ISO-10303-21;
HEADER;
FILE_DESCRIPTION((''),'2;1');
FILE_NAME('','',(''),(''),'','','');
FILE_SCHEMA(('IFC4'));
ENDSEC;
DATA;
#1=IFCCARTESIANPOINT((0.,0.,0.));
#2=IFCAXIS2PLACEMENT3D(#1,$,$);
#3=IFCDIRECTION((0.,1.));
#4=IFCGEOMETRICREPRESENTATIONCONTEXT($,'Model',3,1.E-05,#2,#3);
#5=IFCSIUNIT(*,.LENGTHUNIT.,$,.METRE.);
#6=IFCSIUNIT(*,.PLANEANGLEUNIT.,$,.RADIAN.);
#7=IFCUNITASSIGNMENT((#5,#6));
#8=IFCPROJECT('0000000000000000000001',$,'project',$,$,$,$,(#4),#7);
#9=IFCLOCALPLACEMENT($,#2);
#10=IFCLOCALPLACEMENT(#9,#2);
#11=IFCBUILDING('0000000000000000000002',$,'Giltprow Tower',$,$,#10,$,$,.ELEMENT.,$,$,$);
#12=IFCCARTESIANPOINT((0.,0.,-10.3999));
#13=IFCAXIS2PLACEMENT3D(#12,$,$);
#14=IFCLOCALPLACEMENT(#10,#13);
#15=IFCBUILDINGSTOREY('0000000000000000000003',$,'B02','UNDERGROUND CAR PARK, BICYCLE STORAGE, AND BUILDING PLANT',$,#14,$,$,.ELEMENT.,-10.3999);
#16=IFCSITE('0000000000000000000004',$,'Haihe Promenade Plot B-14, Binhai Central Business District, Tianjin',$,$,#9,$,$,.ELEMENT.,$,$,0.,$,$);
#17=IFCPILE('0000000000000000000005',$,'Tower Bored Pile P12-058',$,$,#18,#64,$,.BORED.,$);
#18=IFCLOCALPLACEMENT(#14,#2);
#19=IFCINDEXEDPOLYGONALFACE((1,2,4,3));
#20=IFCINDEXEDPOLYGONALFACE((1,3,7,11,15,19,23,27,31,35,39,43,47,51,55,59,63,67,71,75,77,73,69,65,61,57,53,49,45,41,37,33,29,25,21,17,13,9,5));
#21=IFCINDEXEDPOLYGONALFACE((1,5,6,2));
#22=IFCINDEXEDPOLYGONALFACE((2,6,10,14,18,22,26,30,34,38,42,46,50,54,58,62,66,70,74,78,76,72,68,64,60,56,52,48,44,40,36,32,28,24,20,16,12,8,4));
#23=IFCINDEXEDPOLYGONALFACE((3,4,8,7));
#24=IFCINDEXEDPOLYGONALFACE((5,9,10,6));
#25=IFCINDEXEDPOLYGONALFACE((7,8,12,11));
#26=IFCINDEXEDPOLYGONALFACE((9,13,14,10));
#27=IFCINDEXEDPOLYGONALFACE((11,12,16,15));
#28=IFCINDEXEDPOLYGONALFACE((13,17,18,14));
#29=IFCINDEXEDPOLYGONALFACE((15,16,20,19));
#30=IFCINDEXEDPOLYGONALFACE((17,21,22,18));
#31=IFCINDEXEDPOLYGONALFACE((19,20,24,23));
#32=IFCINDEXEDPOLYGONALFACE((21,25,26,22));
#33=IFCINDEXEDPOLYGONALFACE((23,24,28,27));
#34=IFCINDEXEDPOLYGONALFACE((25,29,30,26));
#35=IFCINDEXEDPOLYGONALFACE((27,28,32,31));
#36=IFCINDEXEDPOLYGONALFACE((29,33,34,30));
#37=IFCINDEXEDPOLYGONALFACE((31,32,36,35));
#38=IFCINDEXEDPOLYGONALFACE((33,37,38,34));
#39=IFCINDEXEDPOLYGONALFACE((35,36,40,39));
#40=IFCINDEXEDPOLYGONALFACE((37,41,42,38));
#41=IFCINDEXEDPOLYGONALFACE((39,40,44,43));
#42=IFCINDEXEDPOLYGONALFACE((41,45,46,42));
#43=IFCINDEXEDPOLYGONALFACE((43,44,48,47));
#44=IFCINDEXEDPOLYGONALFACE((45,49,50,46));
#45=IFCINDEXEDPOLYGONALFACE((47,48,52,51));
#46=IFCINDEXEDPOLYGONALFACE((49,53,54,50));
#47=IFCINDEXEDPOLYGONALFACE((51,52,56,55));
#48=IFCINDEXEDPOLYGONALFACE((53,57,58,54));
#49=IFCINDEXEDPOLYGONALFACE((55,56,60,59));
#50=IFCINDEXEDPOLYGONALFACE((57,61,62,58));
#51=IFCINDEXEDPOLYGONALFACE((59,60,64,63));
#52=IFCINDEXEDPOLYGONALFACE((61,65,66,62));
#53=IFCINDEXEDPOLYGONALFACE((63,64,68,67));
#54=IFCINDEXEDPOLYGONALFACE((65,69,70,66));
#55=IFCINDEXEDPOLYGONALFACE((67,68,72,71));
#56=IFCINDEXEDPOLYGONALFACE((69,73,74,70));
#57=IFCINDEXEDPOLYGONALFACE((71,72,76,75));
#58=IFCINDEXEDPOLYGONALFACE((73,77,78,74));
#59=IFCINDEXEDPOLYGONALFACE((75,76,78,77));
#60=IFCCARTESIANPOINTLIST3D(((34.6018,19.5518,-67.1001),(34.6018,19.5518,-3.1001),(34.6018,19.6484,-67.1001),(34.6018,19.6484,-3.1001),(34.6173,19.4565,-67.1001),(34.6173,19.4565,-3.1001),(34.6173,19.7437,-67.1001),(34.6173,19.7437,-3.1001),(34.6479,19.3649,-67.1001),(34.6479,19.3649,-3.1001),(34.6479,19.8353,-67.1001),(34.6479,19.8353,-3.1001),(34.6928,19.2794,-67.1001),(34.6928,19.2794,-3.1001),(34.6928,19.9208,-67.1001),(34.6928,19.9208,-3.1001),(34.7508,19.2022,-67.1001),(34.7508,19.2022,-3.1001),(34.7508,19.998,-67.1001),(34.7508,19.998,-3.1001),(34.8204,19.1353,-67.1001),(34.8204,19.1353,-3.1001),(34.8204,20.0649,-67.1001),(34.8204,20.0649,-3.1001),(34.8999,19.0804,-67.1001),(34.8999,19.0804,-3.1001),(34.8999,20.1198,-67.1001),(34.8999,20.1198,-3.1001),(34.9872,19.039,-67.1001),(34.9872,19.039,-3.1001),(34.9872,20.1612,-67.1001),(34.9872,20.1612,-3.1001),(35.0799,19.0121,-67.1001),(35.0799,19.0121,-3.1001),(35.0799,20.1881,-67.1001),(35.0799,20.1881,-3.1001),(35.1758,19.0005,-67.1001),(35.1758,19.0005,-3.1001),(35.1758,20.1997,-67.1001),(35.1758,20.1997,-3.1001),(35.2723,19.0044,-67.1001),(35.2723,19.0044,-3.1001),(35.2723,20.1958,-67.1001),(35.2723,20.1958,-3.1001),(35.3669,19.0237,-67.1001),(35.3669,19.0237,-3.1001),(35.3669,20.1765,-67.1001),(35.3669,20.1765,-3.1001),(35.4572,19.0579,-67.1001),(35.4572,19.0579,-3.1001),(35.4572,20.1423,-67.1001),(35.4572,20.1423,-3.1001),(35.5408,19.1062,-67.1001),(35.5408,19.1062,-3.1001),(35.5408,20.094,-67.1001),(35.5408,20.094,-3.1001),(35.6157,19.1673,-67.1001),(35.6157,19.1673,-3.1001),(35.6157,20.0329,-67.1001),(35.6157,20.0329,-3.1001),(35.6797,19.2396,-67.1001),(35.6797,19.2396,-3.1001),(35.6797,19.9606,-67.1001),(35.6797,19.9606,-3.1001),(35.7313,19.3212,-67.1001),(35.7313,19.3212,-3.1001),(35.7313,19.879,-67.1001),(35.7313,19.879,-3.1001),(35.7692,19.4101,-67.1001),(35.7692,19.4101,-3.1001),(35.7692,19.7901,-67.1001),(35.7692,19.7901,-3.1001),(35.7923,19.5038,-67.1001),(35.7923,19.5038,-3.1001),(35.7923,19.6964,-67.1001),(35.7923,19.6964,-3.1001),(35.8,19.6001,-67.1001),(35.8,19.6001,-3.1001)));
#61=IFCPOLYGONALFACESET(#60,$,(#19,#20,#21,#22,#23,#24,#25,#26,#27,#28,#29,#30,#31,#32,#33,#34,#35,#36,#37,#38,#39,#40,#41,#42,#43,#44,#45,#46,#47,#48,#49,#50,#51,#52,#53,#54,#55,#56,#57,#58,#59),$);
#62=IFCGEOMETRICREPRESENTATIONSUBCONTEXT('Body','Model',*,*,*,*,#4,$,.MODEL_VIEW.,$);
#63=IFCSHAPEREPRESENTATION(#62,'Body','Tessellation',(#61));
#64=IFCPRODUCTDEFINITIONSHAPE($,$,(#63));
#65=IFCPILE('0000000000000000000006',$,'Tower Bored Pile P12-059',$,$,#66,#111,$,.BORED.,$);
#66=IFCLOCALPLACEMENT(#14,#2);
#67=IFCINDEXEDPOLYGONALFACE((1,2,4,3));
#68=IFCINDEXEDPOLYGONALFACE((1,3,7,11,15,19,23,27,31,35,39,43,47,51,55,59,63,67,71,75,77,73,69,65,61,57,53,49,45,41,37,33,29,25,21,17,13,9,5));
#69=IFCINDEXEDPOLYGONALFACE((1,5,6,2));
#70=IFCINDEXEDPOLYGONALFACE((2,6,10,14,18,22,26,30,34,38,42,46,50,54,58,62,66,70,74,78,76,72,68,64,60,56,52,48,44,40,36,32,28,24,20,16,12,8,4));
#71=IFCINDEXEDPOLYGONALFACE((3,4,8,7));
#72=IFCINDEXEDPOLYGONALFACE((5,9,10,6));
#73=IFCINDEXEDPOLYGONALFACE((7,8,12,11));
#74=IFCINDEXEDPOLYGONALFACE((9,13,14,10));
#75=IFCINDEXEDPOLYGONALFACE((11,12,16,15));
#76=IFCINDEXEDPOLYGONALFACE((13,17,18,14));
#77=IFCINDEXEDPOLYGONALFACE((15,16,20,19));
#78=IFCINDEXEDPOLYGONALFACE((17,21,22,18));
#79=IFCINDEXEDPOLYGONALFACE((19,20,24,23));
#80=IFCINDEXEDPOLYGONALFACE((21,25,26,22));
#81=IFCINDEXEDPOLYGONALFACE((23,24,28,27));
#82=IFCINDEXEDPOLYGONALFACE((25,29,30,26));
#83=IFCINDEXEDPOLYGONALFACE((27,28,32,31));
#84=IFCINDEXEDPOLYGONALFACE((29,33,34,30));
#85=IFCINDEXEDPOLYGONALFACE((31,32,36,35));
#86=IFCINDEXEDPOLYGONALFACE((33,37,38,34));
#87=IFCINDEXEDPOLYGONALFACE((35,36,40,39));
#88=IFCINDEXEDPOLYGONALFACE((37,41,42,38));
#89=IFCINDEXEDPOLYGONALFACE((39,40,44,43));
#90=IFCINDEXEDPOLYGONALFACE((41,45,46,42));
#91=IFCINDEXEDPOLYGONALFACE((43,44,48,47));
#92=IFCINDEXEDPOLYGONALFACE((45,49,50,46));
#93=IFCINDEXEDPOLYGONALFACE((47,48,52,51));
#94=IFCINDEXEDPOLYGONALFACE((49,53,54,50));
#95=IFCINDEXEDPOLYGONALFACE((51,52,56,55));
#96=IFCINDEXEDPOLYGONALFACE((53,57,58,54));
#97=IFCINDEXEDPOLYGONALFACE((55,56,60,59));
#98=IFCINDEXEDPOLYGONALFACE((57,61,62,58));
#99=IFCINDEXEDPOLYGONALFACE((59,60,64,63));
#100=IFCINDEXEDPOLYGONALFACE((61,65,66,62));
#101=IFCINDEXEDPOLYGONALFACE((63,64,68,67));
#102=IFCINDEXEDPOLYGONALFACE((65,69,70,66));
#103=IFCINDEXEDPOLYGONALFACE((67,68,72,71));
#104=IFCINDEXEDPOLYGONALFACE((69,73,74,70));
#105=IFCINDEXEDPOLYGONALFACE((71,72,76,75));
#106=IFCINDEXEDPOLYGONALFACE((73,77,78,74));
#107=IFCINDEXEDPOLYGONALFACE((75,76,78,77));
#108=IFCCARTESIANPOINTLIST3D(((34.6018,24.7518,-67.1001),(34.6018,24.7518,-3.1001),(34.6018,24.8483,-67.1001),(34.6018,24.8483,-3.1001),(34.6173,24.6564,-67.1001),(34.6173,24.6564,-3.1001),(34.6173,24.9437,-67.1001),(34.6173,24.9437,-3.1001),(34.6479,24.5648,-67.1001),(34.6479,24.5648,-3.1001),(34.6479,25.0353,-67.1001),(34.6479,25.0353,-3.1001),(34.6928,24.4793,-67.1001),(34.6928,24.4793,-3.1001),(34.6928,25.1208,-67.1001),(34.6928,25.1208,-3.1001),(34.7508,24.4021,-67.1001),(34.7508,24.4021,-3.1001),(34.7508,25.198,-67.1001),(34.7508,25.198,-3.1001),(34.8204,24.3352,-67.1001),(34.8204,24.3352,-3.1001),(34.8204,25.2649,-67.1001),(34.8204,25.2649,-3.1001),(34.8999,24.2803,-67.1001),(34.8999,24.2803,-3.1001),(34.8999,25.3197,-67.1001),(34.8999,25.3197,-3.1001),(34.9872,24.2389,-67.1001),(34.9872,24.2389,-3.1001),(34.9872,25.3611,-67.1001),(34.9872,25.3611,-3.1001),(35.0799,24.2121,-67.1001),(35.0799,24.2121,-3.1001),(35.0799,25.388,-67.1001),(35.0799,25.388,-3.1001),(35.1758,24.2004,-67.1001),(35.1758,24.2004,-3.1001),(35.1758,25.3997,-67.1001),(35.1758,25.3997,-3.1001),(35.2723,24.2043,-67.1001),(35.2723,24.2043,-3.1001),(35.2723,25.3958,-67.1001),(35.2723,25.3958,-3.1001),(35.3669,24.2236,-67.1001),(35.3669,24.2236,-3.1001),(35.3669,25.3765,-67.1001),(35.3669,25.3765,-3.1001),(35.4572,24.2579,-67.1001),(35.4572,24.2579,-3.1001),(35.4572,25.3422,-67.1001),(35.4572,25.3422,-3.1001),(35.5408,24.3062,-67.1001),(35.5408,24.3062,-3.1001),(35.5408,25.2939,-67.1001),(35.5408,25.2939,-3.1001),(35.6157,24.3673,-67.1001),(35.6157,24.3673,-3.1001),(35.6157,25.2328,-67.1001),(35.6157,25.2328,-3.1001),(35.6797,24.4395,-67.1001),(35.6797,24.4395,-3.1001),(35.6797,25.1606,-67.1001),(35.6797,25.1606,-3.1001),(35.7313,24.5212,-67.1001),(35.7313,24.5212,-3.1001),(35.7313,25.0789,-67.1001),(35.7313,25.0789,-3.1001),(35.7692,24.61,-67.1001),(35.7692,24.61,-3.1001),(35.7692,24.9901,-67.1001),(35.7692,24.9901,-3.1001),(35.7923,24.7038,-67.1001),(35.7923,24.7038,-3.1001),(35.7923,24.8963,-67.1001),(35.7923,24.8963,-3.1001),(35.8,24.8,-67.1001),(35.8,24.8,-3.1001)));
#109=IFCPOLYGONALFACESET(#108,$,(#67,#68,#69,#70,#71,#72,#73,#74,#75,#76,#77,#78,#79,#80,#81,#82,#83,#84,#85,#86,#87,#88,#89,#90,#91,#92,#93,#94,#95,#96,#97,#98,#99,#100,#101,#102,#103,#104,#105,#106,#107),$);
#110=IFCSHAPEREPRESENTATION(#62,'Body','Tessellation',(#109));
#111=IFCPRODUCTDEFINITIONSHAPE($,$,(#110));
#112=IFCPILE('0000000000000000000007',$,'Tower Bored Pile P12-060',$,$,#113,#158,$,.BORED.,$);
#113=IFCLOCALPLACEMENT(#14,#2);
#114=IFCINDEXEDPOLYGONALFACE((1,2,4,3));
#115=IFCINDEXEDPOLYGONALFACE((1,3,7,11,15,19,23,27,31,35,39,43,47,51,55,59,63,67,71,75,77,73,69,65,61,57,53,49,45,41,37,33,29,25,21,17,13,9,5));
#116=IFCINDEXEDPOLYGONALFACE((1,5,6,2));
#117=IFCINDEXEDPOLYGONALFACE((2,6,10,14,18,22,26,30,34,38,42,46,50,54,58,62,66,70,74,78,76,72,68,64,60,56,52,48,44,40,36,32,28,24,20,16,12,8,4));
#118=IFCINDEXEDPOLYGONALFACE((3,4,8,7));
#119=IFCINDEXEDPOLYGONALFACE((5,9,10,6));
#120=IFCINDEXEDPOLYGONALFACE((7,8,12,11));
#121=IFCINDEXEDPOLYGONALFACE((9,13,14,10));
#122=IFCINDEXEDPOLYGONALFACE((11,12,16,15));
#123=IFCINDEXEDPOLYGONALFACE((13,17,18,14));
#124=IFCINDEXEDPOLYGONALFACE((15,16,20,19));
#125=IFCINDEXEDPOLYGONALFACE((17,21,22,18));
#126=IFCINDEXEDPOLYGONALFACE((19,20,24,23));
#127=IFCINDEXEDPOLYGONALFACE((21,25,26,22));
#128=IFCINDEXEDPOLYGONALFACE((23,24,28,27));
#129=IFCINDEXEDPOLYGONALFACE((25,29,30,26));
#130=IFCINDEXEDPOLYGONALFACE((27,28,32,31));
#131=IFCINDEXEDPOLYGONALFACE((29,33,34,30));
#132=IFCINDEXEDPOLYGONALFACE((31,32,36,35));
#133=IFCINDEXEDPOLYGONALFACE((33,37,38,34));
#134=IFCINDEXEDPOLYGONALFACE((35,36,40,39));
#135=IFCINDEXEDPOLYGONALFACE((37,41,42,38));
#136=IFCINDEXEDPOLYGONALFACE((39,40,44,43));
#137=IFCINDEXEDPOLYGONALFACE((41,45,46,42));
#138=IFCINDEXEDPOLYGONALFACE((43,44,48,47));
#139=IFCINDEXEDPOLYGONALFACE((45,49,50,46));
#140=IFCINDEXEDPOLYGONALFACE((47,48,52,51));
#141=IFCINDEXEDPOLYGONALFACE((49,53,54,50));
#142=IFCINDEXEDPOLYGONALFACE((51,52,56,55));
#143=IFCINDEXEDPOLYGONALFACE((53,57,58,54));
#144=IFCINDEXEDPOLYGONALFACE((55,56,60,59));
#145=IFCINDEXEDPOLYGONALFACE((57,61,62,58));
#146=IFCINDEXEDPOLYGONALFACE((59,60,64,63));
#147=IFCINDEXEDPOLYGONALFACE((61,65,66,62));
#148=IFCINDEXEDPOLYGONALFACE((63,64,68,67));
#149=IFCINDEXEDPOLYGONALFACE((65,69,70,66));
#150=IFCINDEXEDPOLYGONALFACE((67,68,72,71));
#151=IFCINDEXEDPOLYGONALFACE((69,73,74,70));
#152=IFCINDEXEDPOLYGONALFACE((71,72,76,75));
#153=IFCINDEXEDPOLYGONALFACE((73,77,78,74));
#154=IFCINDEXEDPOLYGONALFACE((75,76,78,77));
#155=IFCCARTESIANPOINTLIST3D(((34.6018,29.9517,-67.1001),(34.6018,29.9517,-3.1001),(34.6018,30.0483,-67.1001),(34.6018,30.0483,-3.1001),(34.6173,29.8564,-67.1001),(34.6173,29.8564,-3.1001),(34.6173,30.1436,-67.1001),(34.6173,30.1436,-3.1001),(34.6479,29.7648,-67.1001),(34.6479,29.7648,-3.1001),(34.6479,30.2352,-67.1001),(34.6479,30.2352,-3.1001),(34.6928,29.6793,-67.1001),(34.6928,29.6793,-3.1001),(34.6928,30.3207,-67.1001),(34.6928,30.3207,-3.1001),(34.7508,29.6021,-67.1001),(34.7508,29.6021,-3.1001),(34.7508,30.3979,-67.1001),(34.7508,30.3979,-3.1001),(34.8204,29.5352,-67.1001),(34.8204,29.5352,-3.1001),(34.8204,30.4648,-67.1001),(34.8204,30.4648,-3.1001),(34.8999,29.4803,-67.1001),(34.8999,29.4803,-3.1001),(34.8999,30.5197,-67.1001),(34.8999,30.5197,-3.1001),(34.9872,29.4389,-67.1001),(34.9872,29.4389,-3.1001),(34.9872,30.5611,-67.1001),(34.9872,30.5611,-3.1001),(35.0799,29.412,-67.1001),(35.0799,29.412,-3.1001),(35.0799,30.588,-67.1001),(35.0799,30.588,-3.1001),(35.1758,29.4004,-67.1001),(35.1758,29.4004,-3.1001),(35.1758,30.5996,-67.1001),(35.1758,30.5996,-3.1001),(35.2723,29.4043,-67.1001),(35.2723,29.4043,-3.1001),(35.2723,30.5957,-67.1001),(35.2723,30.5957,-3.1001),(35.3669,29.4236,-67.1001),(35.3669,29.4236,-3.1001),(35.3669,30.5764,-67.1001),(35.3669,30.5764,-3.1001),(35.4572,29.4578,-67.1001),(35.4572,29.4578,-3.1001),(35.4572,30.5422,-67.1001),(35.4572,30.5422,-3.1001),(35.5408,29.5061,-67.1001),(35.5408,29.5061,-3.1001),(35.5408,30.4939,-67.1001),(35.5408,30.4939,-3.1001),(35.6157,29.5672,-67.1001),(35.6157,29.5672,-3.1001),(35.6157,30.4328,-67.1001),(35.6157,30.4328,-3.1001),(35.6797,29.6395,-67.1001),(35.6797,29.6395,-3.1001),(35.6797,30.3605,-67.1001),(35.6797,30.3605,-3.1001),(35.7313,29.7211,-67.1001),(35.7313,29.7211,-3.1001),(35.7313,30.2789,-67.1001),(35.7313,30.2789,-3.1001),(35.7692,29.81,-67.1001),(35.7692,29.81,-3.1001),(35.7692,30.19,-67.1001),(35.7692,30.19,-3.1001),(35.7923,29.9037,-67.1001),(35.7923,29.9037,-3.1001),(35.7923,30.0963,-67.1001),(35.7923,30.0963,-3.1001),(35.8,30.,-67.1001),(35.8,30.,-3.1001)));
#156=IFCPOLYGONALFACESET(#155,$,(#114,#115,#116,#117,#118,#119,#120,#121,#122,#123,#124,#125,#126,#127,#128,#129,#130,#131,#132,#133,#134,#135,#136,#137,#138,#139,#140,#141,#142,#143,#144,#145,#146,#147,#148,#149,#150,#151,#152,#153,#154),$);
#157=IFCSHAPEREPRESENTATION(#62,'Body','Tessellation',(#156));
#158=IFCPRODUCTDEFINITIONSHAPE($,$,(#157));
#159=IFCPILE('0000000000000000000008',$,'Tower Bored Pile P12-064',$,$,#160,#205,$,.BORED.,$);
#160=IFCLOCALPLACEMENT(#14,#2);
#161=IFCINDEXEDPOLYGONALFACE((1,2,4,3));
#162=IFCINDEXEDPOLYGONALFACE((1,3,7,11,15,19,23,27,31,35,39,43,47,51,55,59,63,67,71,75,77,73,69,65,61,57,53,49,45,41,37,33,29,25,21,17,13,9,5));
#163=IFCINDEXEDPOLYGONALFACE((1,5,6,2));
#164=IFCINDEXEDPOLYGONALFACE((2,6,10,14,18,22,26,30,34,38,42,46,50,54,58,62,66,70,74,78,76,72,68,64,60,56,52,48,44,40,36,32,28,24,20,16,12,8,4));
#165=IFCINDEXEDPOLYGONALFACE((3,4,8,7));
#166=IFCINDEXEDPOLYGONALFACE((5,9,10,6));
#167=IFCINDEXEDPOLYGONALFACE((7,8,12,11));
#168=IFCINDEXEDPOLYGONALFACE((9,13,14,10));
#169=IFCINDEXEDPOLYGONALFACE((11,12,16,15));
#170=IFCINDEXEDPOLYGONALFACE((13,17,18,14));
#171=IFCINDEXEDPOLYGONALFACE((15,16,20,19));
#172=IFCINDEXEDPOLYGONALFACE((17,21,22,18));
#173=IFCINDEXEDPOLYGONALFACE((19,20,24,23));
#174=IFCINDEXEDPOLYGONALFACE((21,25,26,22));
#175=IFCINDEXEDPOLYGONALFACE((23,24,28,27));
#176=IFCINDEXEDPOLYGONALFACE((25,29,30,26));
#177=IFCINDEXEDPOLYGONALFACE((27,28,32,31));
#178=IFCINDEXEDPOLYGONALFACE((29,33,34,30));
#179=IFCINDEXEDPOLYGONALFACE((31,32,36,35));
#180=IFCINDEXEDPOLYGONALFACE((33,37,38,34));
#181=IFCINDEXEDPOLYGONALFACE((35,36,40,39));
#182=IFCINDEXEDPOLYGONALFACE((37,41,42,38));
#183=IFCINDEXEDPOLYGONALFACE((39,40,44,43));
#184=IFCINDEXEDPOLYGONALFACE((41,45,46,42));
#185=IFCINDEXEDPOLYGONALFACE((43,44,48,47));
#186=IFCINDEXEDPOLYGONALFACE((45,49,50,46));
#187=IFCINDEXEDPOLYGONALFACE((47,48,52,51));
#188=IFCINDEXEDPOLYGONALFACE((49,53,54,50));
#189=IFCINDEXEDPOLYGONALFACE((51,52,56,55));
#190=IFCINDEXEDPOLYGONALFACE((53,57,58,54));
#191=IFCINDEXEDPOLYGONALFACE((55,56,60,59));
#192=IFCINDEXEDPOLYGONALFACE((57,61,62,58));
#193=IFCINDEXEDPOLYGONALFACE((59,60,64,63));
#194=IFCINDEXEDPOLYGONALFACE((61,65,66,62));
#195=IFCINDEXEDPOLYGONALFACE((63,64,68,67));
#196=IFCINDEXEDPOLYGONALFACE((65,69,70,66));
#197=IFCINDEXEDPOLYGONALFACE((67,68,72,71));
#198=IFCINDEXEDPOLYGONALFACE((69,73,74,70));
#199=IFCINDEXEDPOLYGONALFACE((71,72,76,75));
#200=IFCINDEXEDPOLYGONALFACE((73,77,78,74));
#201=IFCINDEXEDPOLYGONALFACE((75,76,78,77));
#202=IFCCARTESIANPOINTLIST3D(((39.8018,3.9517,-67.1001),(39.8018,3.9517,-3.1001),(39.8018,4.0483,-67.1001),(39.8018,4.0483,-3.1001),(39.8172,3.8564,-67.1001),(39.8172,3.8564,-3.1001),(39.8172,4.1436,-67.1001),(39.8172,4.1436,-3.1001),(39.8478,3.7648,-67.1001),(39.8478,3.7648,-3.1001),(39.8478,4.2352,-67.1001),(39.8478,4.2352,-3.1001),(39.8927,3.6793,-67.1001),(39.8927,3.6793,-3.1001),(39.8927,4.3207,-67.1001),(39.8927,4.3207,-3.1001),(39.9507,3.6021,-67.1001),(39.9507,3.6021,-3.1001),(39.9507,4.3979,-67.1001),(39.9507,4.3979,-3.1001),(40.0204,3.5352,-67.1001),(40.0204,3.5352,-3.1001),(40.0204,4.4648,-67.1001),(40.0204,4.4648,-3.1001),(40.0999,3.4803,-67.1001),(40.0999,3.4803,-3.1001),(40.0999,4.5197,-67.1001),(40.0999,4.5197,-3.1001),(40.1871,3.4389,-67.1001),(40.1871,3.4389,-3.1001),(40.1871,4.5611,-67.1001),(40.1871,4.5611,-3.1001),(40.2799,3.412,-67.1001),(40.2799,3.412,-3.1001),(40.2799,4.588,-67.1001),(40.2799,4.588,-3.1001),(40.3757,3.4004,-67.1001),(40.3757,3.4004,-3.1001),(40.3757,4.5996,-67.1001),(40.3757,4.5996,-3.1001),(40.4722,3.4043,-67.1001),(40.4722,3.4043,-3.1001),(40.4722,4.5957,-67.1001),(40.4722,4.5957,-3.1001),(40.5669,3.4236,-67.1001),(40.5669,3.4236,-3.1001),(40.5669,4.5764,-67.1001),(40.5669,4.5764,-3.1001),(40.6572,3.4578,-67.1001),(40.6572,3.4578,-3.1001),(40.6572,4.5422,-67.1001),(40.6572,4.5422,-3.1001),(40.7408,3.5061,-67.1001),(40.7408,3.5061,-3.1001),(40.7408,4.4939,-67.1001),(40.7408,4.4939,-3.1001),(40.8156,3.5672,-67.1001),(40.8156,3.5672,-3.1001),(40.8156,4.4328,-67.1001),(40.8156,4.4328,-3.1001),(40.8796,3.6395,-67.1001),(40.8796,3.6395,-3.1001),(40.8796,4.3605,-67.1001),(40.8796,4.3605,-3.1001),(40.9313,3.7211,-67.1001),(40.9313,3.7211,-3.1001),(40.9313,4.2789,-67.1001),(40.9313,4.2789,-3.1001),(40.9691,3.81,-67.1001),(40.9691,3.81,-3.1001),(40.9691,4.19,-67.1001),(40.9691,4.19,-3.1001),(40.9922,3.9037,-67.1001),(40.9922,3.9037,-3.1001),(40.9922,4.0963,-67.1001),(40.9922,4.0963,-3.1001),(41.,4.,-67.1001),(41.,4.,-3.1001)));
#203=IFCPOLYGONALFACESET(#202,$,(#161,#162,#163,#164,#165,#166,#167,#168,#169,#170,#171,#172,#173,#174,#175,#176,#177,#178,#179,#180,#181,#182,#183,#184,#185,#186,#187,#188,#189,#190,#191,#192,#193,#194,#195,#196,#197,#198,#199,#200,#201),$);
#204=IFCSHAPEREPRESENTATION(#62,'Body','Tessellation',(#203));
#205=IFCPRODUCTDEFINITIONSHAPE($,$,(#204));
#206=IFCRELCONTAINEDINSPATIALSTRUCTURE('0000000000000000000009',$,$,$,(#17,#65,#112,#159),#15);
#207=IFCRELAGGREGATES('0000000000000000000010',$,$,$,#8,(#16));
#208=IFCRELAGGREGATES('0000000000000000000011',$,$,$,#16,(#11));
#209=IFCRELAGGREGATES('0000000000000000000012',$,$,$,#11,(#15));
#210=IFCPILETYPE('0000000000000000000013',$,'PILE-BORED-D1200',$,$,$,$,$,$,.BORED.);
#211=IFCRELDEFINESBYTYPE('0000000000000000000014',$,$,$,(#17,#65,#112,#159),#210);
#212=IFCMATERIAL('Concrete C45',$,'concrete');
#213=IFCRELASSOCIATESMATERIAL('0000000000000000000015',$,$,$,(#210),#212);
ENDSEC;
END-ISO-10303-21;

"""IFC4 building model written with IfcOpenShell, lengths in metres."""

from ifc_helpers import new_model, si_unit, direction, frame, origin, origin_2d, place, context, subcontext, project, spatial, circle, extrude, source, transform, mapped, material, material_profile, profile_set, type_object, element, save


model = new_model("IFC4")

# Units and contexts
model_context = context("Model", 3, precision=1e-05, world=origin(), true_north=direction((0.0, 1.0)))
body_context = subcontext(model_context, "Body", "Model", "MODEL_VIEW")
ifc_project = project(units=[si_unit("LENGTHUNIT", "METRE"), si_unit("PLANEANGLEUNIT", "RADIAN")], contexts=[model_context])

# Site, building, storey
site_placement = place(None, origin())
site = spatial("IfcSite", under=ifc_project, at=site_placement, Name="Haihe Promenade Plot B-14, Binhai Central Business District, Tianjin", CompositionType="ELEMENT", RefElevation=0.0)
building_placement = place(site_placement, origin())
building = spatial("IfcBuilding", under=site, at=building_placement, Name="Giltprow Tower", CompositionType="ELEMENT")
storey_placement = place(building_placement, frame((0.0, 0.0, -10.3999)))
storey = spatial("IfcBuildingStorey", under=building, at=storey_placement, Name="B02", Description="UNDERGROUND CAR PARK, BICYCLE STORAGE, AND BUILDING PLANT", CompositionType="ELEMENT", Elevation=-10.3999)

# Shared definitions
ifc_material_1 = material(Name="Concrete C45", Category="concrete")

# Piles
ifc_material_profile_1 = material_profile(ifc_material_1, circle(Radius=0.6001, at=origin_2d()), Name="PILE D1200")
ifc_profile_set_1 = profile_set([ifc_material_profile_1], Name="Concrete C45")
pile_type = type_object("IfcPileType", Name="PILE-BORED-D1200", PredefinedType="BORED", material=ifc_profile_set_1)
shared_shape_1 = source(origin(), body_context, "Body", "SweptSolid", [
    extrude(circle(Radius=0.6001, at=origin_2d()), origin(), (0.0, 0.0, 1.0), 64.0),
])
for number, where, z_axis, x_axis, name in (
    (1, (35.2, 19.6001, -3.1001), (0.0, 0.0, -1.0), (1.0, 0.0, 0.0), "Tower Bored Pile P12-058"),
    (2, (35.2, 24.8, -3.1001), (0.0, 0.0, -1.0), (1.0, 0.0, 0.0), "Tower Bored Pile P12-059"),
    (3, (35.2, 30.0, -3.1001), (0.0, 0.0, -1.0), (1.0, 0.0, 0.0), "Tower Bored Pile P12-060"),
    (4, (40.3999, 4.0, -3.1001), (0.0, 0.0, -1.0), (1.0, 0.0, 0.0), "Tower Bored Pile P12-064"),
):
    element("IfcPile", number, at=place(storey_placement, frame(where, z_axis=z_axis, x_axis=x_axis)), inside=storey, type_object=pile_type, Name=name, PredefinedType="BORED", context=body_context, shape_type="MappedRepresentation", body=[
        mapped(shared_shape_1, transform((0.0, 0.0, 0.0), x_axis=(1.0, 0.0, 0.0), y_axis=(0.0, 1.0, 0.0), z_axis=(0.0, 0.0, 1.0), scale=1.0)),
    ])

save(model, "model.ifc")
